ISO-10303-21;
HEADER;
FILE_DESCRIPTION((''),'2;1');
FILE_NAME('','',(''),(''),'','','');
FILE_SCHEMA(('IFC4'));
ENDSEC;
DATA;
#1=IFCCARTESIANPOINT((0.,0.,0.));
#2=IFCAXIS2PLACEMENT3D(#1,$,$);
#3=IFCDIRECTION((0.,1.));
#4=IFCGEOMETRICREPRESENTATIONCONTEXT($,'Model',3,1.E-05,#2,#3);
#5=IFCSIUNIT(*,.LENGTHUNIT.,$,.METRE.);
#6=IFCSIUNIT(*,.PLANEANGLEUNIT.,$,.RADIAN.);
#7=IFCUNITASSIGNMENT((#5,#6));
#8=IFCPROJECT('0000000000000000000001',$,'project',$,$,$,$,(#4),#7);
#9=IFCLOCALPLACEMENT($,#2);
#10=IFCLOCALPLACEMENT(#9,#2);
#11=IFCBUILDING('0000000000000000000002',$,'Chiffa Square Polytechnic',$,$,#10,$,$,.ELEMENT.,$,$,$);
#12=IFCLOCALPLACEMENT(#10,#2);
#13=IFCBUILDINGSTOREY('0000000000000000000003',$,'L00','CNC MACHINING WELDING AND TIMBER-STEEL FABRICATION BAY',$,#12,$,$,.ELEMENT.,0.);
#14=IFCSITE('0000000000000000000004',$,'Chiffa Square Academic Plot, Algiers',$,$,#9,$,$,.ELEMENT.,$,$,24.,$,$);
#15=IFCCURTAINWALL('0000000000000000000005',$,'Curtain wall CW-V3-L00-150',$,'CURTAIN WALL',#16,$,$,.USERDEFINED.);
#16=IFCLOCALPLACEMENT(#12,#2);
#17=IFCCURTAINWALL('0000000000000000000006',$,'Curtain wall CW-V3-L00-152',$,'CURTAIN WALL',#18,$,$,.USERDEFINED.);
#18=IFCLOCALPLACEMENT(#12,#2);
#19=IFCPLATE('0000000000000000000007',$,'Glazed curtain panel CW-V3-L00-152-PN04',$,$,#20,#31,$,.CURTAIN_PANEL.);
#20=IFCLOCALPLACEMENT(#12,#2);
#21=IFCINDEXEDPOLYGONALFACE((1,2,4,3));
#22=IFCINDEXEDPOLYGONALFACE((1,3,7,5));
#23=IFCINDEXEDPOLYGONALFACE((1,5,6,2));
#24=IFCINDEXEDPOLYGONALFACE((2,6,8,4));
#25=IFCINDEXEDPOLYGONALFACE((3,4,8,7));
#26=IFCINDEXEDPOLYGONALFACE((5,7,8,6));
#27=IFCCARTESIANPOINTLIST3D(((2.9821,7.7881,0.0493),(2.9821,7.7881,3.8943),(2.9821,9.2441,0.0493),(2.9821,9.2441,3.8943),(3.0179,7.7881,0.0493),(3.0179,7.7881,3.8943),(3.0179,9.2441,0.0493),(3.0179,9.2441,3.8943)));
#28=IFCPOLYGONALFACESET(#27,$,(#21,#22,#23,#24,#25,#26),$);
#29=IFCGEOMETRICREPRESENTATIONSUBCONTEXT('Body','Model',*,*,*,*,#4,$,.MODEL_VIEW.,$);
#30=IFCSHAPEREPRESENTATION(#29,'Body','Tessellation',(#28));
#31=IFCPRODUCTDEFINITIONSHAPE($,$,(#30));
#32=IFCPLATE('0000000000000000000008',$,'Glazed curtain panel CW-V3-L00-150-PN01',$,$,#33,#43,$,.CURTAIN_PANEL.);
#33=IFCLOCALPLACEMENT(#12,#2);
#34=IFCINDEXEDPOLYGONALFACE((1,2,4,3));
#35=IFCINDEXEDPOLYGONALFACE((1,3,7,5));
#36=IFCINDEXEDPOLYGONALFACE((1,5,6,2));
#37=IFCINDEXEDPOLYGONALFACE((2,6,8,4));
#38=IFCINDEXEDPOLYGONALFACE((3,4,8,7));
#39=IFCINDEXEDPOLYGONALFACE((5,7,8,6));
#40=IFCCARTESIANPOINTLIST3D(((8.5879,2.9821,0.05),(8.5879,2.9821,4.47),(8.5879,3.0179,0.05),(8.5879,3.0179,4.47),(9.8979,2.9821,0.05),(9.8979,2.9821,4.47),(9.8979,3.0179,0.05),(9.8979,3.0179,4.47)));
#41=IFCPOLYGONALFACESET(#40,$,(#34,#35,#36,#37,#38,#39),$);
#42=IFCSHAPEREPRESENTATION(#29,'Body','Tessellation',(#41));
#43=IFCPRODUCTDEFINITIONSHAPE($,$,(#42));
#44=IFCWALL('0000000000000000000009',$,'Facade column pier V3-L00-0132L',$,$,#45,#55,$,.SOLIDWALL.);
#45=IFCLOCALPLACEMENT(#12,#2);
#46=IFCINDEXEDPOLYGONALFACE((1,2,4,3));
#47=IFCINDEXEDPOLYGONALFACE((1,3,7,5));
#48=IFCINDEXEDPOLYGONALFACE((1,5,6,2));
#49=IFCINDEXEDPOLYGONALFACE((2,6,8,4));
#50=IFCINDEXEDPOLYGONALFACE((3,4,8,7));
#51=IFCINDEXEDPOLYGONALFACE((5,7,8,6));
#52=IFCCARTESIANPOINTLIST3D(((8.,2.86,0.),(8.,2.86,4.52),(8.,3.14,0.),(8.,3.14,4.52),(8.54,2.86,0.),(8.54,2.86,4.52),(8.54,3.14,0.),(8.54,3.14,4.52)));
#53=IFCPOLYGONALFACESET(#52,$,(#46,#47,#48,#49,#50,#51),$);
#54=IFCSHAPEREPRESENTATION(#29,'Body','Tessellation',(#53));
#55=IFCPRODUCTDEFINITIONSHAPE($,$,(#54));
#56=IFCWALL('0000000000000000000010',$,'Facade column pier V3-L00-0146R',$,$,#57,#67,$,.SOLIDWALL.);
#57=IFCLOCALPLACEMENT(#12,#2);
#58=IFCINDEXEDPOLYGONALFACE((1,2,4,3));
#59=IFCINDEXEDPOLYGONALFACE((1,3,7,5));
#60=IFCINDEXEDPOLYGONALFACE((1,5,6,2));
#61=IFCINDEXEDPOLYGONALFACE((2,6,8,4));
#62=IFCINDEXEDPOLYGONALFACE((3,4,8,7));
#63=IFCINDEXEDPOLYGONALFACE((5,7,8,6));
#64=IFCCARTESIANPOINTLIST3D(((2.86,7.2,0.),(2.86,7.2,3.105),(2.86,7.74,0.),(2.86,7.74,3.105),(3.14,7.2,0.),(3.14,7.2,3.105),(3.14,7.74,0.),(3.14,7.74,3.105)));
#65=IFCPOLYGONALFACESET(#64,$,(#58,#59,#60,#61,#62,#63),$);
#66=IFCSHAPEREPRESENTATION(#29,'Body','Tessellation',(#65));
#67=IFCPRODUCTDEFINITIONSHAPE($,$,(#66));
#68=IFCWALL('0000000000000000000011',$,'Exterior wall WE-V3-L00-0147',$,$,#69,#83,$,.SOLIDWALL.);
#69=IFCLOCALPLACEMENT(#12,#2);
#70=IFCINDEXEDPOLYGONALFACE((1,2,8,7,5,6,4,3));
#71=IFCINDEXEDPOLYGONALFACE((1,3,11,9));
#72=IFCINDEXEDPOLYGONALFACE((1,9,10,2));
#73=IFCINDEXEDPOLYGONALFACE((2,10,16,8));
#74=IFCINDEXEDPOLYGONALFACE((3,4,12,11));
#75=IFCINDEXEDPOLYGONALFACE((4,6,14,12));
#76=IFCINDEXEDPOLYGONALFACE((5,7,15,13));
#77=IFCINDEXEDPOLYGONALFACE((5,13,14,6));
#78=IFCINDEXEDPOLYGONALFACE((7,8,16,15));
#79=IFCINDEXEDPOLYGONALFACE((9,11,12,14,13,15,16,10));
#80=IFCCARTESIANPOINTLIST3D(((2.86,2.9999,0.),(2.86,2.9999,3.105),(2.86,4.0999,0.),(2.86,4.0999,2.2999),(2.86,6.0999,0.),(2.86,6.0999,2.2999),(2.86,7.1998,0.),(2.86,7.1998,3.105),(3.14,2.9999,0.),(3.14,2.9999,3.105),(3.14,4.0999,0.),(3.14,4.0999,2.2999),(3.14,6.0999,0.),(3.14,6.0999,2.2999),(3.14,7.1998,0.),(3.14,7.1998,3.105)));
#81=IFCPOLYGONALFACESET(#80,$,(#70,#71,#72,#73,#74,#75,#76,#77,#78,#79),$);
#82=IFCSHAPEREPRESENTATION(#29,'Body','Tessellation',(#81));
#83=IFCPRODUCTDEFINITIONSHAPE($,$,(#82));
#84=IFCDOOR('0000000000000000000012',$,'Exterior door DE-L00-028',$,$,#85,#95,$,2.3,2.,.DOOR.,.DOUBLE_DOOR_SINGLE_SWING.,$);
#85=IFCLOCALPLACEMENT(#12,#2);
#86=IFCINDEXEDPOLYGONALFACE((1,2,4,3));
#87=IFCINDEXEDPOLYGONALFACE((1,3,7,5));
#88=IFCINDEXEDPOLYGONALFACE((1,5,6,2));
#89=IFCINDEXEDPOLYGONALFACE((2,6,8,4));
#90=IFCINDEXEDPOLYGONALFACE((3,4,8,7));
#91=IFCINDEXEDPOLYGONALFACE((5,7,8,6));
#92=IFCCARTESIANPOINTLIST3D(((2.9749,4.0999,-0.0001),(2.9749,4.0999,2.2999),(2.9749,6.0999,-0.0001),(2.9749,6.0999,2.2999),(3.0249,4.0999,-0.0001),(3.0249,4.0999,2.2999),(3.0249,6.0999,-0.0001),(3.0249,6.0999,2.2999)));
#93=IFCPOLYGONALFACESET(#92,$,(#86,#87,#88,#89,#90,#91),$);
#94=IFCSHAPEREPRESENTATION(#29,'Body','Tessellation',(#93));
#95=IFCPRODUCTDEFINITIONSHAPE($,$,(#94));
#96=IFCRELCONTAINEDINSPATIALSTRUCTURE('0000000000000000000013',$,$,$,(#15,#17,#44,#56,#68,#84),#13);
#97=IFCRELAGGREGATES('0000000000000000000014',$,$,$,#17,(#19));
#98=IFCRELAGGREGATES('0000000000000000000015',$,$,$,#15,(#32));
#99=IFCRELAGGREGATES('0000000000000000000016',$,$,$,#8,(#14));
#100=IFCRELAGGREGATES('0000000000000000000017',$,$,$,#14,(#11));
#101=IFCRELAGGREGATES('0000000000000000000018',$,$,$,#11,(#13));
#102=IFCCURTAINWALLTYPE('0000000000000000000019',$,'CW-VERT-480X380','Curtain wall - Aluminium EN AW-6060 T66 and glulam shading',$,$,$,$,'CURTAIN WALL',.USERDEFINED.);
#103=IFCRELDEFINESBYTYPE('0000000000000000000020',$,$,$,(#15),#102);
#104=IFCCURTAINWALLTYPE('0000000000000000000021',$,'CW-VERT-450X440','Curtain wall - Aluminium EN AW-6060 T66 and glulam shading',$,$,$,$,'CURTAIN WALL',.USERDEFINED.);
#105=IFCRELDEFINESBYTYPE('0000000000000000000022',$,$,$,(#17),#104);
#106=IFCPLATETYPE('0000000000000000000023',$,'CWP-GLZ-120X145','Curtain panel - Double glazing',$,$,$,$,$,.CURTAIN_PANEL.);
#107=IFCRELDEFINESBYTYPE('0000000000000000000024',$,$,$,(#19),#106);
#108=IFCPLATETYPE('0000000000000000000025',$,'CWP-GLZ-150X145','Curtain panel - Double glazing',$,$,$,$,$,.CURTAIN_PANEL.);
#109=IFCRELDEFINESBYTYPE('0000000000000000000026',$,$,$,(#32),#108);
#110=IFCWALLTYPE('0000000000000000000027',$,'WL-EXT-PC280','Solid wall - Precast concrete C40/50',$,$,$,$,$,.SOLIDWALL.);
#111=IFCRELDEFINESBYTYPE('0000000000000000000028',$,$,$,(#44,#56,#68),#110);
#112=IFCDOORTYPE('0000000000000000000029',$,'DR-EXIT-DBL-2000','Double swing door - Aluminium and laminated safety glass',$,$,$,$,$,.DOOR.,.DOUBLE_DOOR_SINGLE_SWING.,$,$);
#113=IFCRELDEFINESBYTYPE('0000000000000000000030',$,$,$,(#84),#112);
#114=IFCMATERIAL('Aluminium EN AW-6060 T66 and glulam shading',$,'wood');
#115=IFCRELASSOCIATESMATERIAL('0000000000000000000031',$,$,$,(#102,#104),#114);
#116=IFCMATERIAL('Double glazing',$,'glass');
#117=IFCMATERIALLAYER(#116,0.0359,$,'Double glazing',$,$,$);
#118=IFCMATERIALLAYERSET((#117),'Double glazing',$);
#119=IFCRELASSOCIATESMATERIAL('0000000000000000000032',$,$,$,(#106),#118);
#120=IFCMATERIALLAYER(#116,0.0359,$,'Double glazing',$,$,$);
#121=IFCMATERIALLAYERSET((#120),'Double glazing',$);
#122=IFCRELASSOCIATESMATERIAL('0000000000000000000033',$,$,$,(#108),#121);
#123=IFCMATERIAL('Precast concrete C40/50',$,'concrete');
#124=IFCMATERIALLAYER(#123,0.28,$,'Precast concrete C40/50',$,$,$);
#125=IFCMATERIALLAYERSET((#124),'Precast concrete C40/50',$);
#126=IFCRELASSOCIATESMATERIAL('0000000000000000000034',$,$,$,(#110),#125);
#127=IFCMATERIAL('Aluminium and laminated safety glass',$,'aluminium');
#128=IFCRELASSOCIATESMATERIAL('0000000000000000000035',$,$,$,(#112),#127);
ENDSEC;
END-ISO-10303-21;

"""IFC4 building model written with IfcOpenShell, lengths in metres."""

from ifc_helpers import new_model, si_unit, direction, frame, frame_2d, origin, origin_2d, place, context, subcontext, project, spatial, rectangle, extrude, material, layer, layer_set, type_object, element, fill, aggregate, save


model = new_model("IFC4")

# Units and contexts
model_context = context("Model", 3, precision=1e-05, world=origin(), true_north=direction((0.0, 1.0)))
body_context = subcontext(model_context, "Body", "Model", "MODEL_VIEW")
ifc_project = project(units=[si_unit("LENGTHUNIT", "METRE"), si_unit("PLANEANGLEUNIT", "RADIAN")], contexts=[model_context])

# Site, building, storey
site_placement = place(None, origin())
site = spatial("IfcSite", under=ifc_project, at=site_placement, Name="Chiffa Square Academic Plot, Algiers", CompositionType="ELEMENT", RefElevation=24.0)
building_placement = place(site_placement, origin())
building = spatial("IfcBuilding", under=site, at=building_placement, Name="Chiffa Square Polytechnic", CompositionType="ELEMENT")
storey_placement = place(building_placement, origin())
storey = spatial("IfcBuildingStorey", under=building, at=storey_placement, Name="L00", Description="CNC MACHINING WELDING AND TIMBER-STEEL FABRICATION BAY", CompositionType="ELEMENT", Elevation=0.0)

# Curtain walls
ifc_material_1 = material(Name="Aluminium EN AW-6060 T66 and glulam shading", Category="wood")
curtain_wall_type_1 = type_object("IfcCurtainWallType", Name="CW-VERT-480X380", Description="Curtain wall - Aluminium EN AW-6060 T66 and glulam shading", ElementType="CURTAIN WALL", PredefinedType="USERDEFINED", material=ifc_material_1)
curtain_wall_1_placement = place(storey_placement, origin())
curtain_wall_1 = element("IfcCurtainWall", 1, at=curtain_wall_1_placement, inside=storey, type_object=curtain_wall_type_1, Name="Curtain wall CW-V3-L00-150", ObjectType="CURTAIN WALL", PredefinedType="USERDEFINED")
curtain_wall_type_2 = type_object("IfcCurtainWallType", Name="CW-VERT-450X440", Description="Curtain wall - Aluminium EN AW-6060 T66 and glulam shading", ElementType="CURTAIN WALL", PredefinedType="USERDEFINED", material=ifc_material_1)
curtain_wall_2_placement = place(storey_placement, origin())
curtain_wall_2 = element("IfcCurtainWall", 2, at=curtain_wall_2_placement, inside=storey, type_object=curtain_wall_type_2, Name="Curtain wall CW-V3-L00-152", ObjectType="CURTAIN WALL", PredefinedType="USERDEFINED")

# Plates
ifc_material_2 = material(Name="Double glazing", Category="glass")
ifc_layer_1 = layer(ifc_material_2, 0.0359, Name="Double glazing")
ifc_layer_set_1 = layer_set([ifc_layer_1], Name="Double glazing")
plate_type_1 = type_object("IfcPlateType", Name="CWP-GLZ-120X145", Description="Curtain panel - Double glazing", PredefinedType="CURTAIN_PANEL", material=ifc_layer_set_1)
plate_1_placement = place(storey_placement, frame((3.0, 8.5161, 0.0493), z_axis=(0.0, 0.0, 1.0), x_axis=(0.0, -1.0, 0.0)))
plate_1 = element("IfcPlate", 3, at=plate_1_placement, type_object=plate_type_1, Name="Glazed curtain panel CW-V3-L00-152-PN04", PredefinedType="CURTAIN_PANEL", context=body_context, shape_type="SweptSolid", body=[
    extrude(rectangle(XDim=1.4561, YDim=0.0359, at=origin_2d()), origin(), (0.0, 0.0, 1.0), 3.845),
])
aggregate(curtain_wall_2, [plate_1])
ifc_layer_2 = layer(ifc_material_2, 0.0359, Name="Double glazing")
ifc_layer_set_2 = layer_set([ifc_layer_2], Name="Double glazing")
plate_type_2 = type_object("IfcPlateType", Name="CWP-GLZ-150X145", Description="Curtain panel - Double glazing", PredefinedType="CURTAIN_PANEL", material=ifc_layer_set_2)
plate_2_placement = place(storey_placement, frame((9.2429, 3.0, 0.05), z_axis=(0.0, 0.0, 1.0), x_axis=(1.0, 0.0, 0.0)))
plate_2 = element("IfcPlate", 4, at=plate_2_placement, type_object=plate_type_2, Name="Glazed curtain panel CW-V3-L00-150-PN01", PredefinedType="CURTAIN_PANEL", context=body_context, shape_type="SweptSolid", body=[
    extrude(rectangle(XDim=1.3101, YDim=0.0359, at=origin_2d()), origin(), (0.0, 0.0, 1.0), 4.4199),
])
aggregate(curtain_wall_1, [plate_2])

# Shared definitions
ifc_material_3 = material(Name="Precast concrete C40/50", Category="concrete")
ifc_layer_3 = layer(ifc_material_3, 0.28, Name="Precast concrete C40/50")
ifc_layer_set_3 = layer_set([ifc_layer_3], Name="Precast concrete C40/50")
wall_type = type_object("IfcWallType", Name="WL-EXT-PC280", Description="Solid wall - Precast concrete C40/50", PredefinedType="SOLIDWALL", material=ifc_layer_set_3)
ifc_material_4 = material(Name="Aluminium and laminated safety glass", Category="aluminium")

# Walls
wall_1_placement = place(storey_placement, frame((8.0, 3.0, 0.0), z_axis=(0.0, 0.0, 1.0), x_axis=(1.0, 0.0, 0.0)))
element("IfcWall", 5, at=wall_1_placement, inside=storey, type_object=wall_type, Name="Facade column pier V3-L00-0132L", PredefinedType="SOLIDWALL", context=body_context, shape_type="SweptSolid", body=[
    extrude(rectangle(XDim=0.54, YDim=0.28, at=frame_2d((0.27, 0.0))), origin(), (0.0, 0.0, 1.0), 4.52),
])
wall_2_placement = place(storey_placement, frame((3.0, 7.74, 0.0), z_axis=(0.0, 0.0, 1.0), x_axis=(0.0, -1.0, 0.0)))
element("IfcWall", 6, at=wall_2_placement, inside=storey, type_object=wall_type, Name="Facade column pier V3-L00-0146R", PredefinedType="SOLIDWALL", context=body_context, shape_type="SweptSolid", body=[
    extrude(rectangle(XDim=0.54, YDim=0.28, at=frame_2d((0.27, 0.0))), origin(), (0.0, 0.0, 1.0), 3.105),
])

# Wall, opening, door
wall_3_placement = place(storey_placement, frame((3.0, 7.2, 0.0), z_axis=(0.0, 0.0, 1.0), x_axis=(0.0, -1.0, 0.0)))
wall_3 = element("IfcWall", 7, at=wall_3_placement, inside=storey, type_object=wall_type, Name="Exterior wall WE-V3-L00-0147", PredefinedType="SOLIDWALL", context=body_context, shape_type="SweptSolid", body=[
    extrude(rectangle(XDim=4.2, YDim=0.28, at=frame_2d((2.1001, 0.0))), origin(), (0.0, 0.0, 1.0), 3.105),
])
opening_1_placement = place(wall_3_placement, frame((1.1001, 0.0, 0.0)))
opening_1 = element("IfcOpeningElement", 8, at=opening_1_placement, cuts=wall_3, PredefinedType="OPENING", context=body_context, shape_type="SweptSolid", body=[
    extrude(rectangle(XDim=2.0, YDim=2.3, at=frame_2d((1.0, 1.1499))), frame((0.0, 0.1499, 0.0), z_axis=(0.0, -1.0, 0.0), x_axis=(1.0, 0.0, 0.0)), (0.0, 0.0, 1.0), 0.3),
])
door_type_1 = type_object("IfcDoorType", Name="DR-EXIT-DBL-2000", Description="Double swing door - Aluminium and laminated safety glass", OperationType="DOUBLE_DOOR_SINGLE_SWING", PredefinedType="DOOR", material=ifc_material_4)
door_1_placement = place(opening_1_placement, origin())
door_1 = element("IfcDoor", 9, at=door_1_placement, inside=storey, type_object=door_type_1, Name="Exterior door DE-L00-028", OperationType="DOUBLE_DOOR_SINGLE_SWING", OverallHeight=2.3, OverallWidth=2.0, PredefinedType="DOOR", context=body_context, shape_type="SweptSolid", body=[
    extrude(rectangle(XDim=2.0, YDim=2.3, at=frame_2d((1.0, 1.1499))), frame((0.0, 0.0249, 0.0), z_axis=(0.0, -1.0, 0.0), x_axis=(1.0, 0.0, 0.0)), (0.0, 0.0, 1.0), 0.05),
])
fill(opening_1, door_1)

save(model, "model.ifc")
